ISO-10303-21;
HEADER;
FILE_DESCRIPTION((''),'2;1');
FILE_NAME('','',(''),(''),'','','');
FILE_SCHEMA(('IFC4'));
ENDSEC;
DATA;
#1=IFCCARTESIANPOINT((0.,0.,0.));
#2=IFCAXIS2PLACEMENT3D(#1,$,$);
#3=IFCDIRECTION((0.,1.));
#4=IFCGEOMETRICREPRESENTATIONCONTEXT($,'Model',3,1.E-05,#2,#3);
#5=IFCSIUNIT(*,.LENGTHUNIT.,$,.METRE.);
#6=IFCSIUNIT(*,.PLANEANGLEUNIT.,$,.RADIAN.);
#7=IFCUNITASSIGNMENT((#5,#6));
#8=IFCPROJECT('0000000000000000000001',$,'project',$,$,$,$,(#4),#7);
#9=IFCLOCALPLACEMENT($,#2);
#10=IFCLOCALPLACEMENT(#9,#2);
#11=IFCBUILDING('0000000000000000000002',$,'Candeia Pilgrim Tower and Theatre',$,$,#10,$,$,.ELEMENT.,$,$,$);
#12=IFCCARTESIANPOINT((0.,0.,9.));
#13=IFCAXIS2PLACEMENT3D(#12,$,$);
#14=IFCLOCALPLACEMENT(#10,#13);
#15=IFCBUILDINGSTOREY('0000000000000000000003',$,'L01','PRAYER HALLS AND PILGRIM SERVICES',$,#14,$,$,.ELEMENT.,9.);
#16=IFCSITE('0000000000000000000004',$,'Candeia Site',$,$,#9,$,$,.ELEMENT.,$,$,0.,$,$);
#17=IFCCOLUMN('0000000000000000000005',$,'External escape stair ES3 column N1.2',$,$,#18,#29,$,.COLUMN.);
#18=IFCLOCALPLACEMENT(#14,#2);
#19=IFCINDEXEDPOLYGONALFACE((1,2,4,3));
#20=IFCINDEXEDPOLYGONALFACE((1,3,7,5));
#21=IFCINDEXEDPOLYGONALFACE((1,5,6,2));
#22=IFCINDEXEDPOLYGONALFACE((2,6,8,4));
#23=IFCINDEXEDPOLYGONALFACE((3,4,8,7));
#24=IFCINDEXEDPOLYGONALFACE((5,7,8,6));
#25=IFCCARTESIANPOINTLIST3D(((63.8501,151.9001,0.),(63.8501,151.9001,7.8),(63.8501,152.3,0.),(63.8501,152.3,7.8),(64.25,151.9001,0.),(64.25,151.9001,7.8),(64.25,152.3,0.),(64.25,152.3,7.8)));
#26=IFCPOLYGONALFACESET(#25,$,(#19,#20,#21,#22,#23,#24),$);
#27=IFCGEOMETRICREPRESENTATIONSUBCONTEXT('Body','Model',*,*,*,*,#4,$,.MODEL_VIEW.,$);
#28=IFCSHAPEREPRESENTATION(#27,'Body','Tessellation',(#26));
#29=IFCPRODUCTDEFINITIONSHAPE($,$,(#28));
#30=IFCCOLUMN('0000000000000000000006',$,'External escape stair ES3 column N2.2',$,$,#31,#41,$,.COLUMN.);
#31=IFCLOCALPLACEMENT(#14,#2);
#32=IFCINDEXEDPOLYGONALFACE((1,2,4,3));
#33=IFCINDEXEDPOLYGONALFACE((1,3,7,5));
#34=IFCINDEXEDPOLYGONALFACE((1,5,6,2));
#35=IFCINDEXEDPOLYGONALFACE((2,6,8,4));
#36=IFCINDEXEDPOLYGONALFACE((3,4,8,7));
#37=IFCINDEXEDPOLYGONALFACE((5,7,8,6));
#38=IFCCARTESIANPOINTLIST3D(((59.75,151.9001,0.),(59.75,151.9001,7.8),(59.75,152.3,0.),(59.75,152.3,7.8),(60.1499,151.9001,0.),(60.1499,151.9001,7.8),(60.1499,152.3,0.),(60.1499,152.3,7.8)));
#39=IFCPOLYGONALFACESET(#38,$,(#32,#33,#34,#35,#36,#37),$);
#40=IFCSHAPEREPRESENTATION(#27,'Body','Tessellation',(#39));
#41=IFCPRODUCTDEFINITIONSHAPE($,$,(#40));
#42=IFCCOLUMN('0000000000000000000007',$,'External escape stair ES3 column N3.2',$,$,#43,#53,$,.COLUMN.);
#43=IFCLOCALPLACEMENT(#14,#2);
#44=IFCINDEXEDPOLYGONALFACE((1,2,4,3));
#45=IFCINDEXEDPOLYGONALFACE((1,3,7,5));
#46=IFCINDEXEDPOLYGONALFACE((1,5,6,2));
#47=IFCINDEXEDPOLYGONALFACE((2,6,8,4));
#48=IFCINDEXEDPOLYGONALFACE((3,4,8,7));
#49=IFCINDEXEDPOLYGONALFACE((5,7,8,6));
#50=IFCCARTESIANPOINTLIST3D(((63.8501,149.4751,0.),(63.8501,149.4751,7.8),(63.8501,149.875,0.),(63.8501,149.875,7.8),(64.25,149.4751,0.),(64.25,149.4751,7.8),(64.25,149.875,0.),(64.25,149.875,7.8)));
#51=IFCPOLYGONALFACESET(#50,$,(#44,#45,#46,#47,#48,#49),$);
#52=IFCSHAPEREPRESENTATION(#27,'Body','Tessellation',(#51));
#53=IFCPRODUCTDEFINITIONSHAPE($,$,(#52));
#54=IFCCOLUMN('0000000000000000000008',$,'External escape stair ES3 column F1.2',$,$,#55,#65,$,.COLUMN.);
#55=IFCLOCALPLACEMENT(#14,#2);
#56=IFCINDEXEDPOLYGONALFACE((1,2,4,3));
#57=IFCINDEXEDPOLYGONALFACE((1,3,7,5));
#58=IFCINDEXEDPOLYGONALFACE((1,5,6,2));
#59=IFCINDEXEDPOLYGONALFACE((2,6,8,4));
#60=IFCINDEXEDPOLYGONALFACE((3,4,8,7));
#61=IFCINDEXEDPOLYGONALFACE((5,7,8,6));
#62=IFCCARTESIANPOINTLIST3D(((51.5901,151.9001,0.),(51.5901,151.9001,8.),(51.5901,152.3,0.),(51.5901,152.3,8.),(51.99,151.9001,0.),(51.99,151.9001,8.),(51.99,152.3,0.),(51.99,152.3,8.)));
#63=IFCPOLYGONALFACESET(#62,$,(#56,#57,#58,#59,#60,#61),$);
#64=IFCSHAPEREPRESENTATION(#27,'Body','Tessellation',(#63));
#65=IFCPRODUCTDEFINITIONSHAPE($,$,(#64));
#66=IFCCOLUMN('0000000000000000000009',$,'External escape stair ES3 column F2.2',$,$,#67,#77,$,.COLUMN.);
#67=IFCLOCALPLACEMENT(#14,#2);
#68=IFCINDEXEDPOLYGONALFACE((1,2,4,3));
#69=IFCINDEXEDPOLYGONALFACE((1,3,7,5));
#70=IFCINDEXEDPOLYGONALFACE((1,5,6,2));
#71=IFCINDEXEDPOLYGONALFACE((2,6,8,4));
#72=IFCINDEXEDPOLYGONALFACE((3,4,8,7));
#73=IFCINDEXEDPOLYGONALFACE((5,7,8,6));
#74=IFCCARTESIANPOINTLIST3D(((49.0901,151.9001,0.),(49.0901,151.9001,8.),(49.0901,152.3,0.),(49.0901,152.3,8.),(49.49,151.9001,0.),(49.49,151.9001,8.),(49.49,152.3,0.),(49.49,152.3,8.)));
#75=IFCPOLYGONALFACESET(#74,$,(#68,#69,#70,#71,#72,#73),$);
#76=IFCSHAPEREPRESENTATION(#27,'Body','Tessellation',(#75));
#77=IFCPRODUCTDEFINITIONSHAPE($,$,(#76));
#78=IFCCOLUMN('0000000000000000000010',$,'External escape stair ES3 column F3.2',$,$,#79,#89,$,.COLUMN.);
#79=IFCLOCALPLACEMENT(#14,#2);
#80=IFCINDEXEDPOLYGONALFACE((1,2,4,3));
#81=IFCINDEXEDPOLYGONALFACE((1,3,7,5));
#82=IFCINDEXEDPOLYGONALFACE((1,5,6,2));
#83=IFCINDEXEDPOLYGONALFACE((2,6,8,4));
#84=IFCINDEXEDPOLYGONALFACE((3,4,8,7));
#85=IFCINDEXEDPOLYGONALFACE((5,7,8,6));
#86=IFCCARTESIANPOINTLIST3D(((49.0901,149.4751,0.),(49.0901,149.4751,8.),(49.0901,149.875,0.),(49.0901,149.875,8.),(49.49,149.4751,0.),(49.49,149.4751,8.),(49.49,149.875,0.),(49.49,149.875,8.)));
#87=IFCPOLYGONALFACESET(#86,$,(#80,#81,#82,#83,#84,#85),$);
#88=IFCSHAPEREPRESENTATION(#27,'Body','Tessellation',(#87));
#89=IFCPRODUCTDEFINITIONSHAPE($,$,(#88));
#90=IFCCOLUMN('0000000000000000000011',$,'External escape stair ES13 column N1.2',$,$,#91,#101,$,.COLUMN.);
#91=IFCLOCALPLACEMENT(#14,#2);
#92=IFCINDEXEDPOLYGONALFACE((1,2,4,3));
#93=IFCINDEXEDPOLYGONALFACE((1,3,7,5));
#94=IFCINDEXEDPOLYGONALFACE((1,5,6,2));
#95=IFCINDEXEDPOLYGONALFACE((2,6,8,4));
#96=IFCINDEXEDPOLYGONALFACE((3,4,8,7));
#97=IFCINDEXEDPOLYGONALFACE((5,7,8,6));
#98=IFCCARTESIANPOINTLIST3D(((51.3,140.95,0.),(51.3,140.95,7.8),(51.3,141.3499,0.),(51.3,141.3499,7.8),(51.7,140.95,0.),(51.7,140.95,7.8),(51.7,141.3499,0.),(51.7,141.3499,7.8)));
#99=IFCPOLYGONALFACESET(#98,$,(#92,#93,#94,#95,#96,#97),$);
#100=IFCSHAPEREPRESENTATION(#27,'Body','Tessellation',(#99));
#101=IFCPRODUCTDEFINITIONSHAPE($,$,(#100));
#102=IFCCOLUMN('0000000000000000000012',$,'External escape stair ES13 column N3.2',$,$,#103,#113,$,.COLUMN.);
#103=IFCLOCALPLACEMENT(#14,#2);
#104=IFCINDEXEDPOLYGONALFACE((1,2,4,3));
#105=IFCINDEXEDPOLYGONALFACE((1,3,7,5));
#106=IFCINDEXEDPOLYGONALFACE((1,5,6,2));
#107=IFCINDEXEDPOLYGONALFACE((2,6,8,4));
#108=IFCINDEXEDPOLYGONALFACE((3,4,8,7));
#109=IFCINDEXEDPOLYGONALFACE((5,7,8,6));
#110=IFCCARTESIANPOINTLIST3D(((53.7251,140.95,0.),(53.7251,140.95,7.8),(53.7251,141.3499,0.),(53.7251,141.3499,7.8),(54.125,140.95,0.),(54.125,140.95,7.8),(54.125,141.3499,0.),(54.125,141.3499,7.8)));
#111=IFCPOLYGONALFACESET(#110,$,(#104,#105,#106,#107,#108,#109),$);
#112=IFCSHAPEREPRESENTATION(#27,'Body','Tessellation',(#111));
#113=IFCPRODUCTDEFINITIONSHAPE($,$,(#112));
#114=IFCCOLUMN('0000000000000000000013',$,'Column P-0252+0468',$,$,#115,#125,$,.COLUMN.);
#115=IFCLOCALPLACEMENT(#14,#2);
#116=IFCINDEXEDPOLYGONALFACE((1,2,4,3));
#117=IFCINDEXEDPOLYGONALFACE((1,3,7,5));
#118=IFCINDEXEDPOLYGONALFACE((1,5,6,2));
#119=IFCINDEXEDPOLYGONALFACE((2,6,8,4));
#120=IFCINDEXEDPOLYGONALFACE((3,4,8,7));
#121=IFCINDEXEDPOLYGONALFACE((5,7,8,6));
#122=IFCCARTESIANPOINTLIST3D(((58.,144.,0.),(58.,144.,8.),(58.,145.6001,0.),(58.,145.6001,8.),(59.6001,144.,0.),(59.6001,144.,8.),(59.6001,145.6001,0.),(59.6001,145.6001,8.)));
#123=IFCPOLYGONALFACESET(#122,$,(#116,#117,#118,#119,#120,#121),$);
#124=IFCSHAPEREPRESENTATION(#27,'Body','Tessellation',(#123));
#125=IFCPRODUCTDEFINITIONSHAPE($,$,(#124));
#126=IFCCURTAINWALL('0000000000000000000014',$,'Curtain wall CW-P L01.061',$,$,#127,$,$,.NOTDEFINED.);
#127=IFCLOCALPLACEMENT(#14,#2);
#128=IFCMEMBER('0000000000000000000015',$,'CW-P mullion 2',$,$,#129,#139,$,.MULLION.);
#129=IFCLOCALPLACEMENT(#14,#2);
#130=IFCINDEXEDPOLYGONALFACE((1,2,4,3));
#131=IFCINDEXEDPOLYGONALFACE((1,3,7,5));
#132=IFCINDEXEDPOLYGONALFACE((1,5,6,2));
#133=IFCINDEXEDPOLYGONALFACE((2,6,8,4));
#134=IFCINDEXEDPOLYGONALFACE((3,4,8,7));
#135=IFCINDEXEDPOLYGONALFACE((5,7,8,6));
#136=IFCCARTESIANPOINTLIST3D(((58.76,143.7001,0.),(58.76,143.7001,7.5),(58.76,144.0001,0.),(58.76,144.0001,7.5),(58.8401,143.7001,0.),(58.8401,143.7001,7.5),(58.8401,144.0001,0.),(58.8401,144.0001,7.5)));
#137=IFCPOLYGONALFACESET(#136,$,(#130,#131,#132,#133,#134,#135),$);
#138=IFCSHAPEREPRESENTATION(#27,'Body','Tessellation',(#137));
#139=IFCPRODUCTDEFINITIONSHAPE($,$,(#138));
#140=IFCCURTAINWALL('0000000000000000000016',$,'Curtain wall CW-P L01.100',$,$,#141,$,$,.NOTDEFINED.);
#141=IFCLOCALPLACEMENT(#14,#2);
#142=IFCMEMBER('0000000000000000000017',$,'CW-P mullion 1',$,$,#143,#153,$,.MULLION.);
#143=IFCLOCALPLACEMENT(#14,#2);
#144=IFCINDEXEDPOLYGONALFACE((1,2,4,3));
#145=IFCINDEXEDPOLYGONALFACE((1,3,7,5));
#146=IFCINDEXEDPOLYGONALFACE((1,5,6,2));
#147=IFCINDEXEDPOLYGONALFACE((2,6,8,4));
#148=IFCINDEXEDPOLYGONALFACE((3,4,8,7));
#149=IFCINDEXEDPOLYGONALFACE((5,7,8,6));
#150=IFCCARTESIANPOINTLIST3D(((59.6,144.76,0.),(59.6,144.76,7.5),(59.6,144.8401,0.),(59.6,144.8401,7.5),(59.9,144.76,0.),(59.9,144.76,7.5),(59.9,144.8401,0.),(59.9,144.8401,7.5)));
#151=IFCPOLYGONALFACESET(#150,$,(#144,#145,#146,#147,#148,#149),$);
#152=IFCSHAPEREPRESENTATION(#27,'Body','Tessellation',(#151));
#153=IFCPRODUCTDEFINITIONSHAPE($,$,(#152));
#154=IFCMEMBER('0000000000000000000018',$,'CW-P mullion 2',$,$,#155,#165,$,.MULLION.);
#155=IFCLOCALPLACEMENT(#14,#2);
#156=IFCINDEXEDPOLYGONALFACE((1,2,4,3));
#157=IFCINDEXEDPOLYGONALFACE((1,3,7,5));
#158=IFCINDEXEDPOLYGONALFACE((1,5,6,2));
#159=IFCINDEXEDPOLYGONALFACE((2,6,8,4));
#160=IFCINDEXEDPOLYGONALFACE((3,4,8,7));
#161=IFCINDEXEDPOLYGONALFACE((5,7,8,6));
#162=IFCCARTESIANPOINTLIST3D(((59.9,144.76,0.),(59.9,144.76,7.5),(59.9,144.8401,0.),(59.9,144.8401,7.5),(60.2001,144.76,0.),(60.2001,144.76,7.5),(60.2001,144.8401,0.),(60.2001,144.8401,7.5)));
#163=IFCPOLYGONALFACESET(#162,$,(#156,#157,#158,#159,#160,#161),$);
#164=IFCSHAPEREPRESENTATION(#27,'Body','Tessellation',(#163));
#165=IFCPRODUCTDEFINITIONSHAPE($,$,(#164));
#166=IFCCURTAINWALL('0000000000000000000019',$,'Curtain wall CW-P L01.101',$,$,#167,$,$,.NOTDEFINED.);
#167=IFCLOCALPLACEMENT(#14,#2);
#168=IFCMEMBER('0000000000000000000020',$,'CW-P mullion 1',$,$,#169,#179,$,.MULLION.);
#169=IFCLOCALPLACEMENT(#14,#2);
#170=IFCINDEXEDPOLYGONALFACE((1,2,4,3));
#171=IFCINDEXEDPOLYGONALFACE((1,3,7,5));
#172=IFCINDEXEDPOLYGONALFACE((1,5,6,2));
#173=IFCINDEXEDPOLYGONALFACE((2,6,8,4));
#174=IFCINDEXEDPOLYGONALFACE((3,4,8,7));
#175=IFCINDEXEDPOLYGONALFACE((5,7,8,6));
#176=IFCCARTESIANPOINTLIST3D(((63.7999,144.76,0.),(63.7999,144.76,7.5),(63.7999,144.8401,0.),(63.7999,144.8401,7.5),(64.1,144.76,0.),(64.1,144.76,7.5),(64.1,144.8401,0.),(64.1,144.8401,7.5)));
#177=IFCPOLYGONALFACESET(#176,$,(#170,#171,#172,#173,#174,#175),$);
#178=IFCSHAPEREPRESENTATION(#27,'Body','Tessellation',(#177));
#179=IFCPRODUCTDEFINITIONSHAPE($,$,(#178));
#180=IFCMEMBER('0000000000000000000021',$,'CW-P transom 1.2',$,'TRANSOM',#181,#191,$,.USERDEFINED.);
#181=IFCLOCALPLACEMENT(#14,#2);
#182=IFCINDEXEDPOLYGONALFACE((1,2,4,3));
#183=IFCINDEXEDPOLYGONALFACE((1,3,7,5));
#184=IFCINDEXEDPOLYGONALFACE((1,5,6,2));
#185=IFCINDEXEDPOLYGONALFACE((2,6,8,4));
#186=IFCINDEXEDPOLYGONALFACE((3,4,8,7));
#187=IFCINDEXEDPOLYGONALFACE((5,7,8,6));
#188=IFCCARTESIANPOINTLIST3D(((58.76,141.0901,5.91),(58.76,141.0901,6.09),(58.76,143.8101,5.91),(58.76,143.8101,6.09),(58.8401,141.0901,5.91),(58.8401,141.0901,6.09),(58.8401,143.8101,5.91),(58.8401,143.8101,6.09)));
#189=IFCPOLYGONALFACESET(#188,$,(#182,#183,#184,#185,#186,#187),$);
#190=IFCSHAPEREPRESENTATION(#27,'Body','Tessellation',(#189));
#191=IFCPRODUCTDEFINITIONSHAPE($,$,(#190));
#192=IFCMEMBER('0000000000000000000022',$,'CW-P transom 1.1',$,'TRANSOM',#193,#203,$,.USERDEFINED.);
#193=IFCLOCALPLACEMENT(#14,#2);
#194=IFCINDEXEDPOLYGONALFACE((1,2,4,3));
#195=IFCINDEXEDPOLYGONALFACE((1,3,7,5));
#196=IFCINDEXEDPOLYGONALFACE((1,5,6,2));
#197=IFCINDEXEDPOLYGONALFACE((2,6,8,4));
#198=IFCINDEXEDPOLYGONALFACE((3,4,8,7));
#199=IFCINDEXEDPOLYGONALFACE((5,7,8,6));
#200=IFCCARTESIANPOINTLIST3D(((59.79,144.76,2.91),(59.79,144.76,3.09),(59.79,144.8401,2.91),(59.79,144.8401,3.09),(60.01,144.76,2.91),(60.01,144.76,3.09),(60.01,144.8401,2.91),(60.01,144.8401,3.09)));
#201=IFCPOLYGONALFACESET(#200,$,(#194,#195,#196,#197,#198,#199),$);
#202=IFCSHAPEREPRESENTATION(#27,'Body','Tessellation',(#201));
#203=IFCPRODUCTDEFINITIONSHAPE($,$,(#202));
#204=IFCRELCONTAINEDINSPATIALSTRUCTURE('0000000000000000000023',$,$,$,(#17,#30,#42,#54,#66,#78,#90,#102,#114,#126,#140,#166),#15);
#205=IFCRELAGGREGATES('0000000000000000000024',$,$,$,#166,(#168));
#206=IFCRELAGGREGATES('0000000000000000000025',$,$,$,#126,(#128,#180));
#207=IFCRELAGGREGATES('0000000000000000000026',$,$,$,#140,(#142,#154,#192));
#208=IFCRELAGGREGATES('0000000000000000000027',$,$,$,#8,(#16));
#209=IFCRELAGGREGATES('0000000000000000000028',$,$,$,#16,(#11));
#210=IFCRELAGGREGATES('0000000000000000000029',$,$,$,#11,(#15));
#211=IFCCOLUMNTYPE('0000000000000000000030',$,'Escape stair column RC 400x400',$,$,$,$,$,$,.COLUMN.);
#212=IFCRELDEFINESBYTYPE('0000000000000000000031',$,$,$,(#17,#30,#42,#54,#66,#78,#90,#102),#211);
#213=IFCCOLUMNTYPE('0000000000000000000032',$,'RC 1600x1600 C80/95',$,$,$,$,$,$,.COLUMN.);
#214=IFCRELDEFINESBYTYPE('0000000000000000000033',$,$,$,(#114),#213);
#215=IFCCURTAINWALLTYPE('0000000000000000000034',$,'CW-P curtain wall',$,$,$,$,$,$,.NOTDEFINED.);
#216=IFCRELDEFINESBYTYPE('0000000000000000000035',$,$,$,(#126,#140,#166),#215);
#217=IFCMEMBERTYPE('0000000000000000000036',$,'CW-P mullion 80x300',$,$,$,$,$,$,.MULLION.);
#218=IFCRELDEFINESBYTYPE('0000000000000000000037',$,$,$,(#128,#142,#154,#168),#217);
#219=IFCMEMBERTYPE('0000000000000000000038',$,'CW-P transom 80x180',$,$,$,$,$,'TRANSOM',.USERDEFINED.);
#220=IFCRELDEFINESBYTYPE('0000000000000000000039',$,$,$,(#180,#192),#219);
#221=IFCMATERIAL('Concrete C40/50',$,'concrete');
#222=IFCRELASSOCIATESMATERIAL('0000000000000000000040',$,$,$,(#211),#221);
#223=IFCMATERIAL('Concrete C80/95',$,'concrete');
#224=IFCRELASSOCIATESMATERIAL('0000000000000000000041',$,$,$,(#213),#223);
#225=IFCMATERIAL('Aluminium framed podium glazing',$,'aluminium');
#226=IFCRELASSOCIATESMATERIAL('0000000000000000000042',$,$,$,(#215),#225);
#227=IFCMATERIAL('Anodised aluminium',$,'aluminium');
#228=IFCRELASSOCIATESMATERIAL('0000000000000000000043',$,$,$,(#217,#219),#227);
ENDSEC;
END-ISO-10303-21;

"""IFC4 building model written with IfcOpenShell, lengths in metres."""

from ifc_helpers import new_model, si_unit, direction, frame, origin, origin_2d, place, context, subcontext, project, spatial, rectangle, extrude, material, material_profile, profile_set, type_object, element, aggregate, save


model = new_model("IFC4")

# Units and contexts
model_context = context("Model", 3, precision=1e-05, world=origin(), true_north=direction((0.0, 1.0)))
body_context = subcontext(model_context, "Body", "Model", "MODEL_VIEW")
ifc_project = project(units=[si_unit("LENGTHUNIT", "METRE"), si_unit("PLANEANGLEUNIT", "RADIAN")], contexts=[model_context])

# Site, building, storey
site_placement = place(None, origin())
site = spatial("IfcSite", under=ifc_project, at=site_placement, Name="Candeia Site", CompositionType="ELEMENT", RefElevation=0.0)
building_placement = place(site_placement, origin())
building = spatial("IfcBuilding", under=site, at=building_placement, Name="Candeia Pilgrim Tower and Theatre", CompositionType="ELEMENT")
storey_placement = place(building_placement, frame((0.0, 0.0, 9.0)))
storey = spatial("IfcBuildingStorey", under=building, at=storey_placement, Name="L01", Description="PRAYER HALLS AND PILGRIM SERVICES", CompositionType="ELEMENT", Elevation=9.0)

# Columns
ifc_material_1 = material(Name="Concrete C40/50", Category="concrete")
ifc_material_profile_1 = material_profile(ifc_material_1, rectangle(XDim=0.3999, YDim=0.3999, at=origin_2d()))
ifc_profile_set_1 = profile_set([ifc_material_profile_1], Name="Concrete C40/50")
column_type_1 = type_object("IfcColumnType", Name="Escape stair column RC 400x400", PredefinedType="COLUMN", material=ifc_profile_set_1)
for number, where, z_axis, x_axis, name in (
    (1, (64.05, 152.1001, 0.0), (0.0, 0.0, 1.0), (1.0, 0.0, 0.0), "External escape stair ES3 column N1.2"),
    (2, (59.95, 152.1001, 0.0), (0.0, 0.0, 1.0), (1.0, 0.0, 0.0), "External escape stair ES3 column N2.2"),
    (3, (64.05, 149.675, 0.0), (0.0, 0.0, 1.0), (1.0, 0.0, 0.0), "External escape stair ES3 column N3.2"),
):
    element("IfcColumn", number, at=place(storey_placement, frame(where, z_axis=z_axis, x_axis=x_axis)), inside=storey, type_object=column_type_1, Name=name, PredefinedType="COLUMN", context=body_context, shape_type="SweptSolid", body=[
        extrude(rectangle(XDim=0.3999, YDim=0.3999, at=origin_2d()), origin(), (0.0, 0.0, 1.0), 7.8),
    ])
for number, where, z_axis, x_axis, name in (
    (4, (51.79, 152.1001, 0.0), (0.0, 0.0, 1.0), (1.0, 0.0, 0.0), "External escape stair ES3 column F1.2"),
    (5, (49.29, 152.1001, 0.0), (0.0, 0.0, 1.0), (1.0, 0.0, 0.0), "External escape stair ES3 column F2.2"),
    (6, (49.29, 149.675, 0.0), (0.0, 0.0, 1.0), (1.0, 0.0, 0.0), "External escape stair ES3 column F3.2"),
):
    element("IfcColumn", number, at=place(storey_placement, frame(where, z_axis=z_axis, x_axis=x_axis)), inside=storey, type_object=column_type_1, Name=name, PredefinedType="COLUMN", context=body_context, shape_type="SweptSolid", body=[
        extrude(rectangle(XDim=0.3999, YDim=0.3999, at=origin_2d()), origin(), (0.0, 0.0, 1.0), 8.0),
    ])
for number, where, z_axis, x_axis, name in (
    (7, (51.5, 141.1499, 0.0), (0.0, 0.0, 1.0), (1.0, 0.0, 0.0), "External escape stair ES13 column N1.2"),
    (8, (53.925, 141.1499, 0.0), (0.0, 0.0, 1.0), (1.0, 0.0, 0.0), "External escape stair ES13 column N3.2"),
):
    element("IfcColumn", number, at=place(storey_placement, frame(where, z_axis=z_axis, x_axis=x_axis)), inside=storey, type_object=column_type_1, Name=name, PredefinedType="COLUMN", context=body_context, shape_type="SweptSolid", body=[
        extrude(rectangle(XDim=0.3999, YDim=0.3999, at=origin_2d()), origin(), (0.0, 0.0, 1.0), 7.8),
    ])
ifc_material_2 = material(Name="Concrete C80/95", Category="concrete")
ifc_material_profile_2 = material_profile(ifc_material_2, rectangle(XDim=1.6001, YDim=1.6001, at=origin_2d()))
ifc_profile_set_2 = profile_set([ifc_material_profile_2], Name="Concrete C80/95")
column_type_2 = type_object("IfcColumnType", Name="RC 1600x1600 C80/95", PredefinedType="COLUMN", material=ifc_profile_set_2)
column_placement = place(storey_placement, frame((58.8, 144.8, 0.0), z_axis=(0.0, 0.0, 1.0), x_axis=(1.0, 0.0, 0.0)))
element("IfcColumn", 9, at=column_placement, inside=storey, type_object=column_type_2, Name="Column P-0252+0468", PredefinedType="COLUMN", context=body_context, shape_type="SweptSolid", body=[
    extrude(rectangle(XDim=1.6001, YDim=1.6001, at=origin_2d()), origin(), (0.0, 0.0, 1.0), 8.0),
])

# Curtain wall, member
ifc_material_3 = material(Name="Aluminium framed podium glazing", Category="aluminium")
curtain_wall_type = type_object("IfcCurtainWallType", Name="CW-P curtain wall", PredefinedType="NOTDEFINED", material=ifc_material_3)
curtain_wall_1_placement = place(storey_placement, origin())
curtain_wall_1 = element("IfcCurtainWall", 10, at=curtain_wall_1_placement, inside=storey, type_object=curtain_wall_type, Name="Curtain wall CW-P L01.061", PredefinedType="NOTDEFINED")
ifc_material_4 = material(Name="Anodised aluminium", Category="aluminium")
ifc_material_profile_3 = material_profile(ifc_material_4, rectangle(XDim=0.0801, YDim=0.3, at=origin_2d()))
ifc_profile_set_3 = profile_set([ifc_material_profile_3], Name="Anodised aluminium")
member_type_1 = type_object("IfcMemberType", Name="CW-P mullion 80x300", PredefinedType="MULLION", material=ifc_profile_set_3)
member_1_placement = place(storey_placement, frame((58.8, 143.8501, 0.0), z_axis=(0.0, 0.0, 1.0), x_axis=(-1.0, 0.0, 0.0)))
member_1 = element("IfcMember", 11, at=member_1_placement, type_object=member_type_1, Name="CW-P mullion 2", PredefinedType="MULLION", context=body_context, shape_type="SweptSolid", body=[
    extrude(rectangle(XDim=0.0801, YDim=0.3, at=origin_2d()), origin(), (0.0, 0.0, 1.0), 7.5),
])

# Curtain wall, members
curtain_wall_2_placement = place(storey_placement, origin())
curtain_wall_2 = element("IfcCurtainWall", 12, at=curtain_wall_2_placement, inside=storey, type_object=curtain_wall_type, Name="Curtain wall CW-P L01.100", PredefinedType="NOTDEFINED")
member_2_placement = place(storey_placement, frame((59.75, 144.8, 0.0), z_axis=(0.0, 0.0, 1.0), x_axis=(0.0, 1.0, 0.0)))
member_2 = element("IfcMember", 13, at=member_2_placement, type_object=member_type_1, Name="CW-P mullion 1", PredefinedType="MULLION", context=body_context, shape_type="SweptSolid", body=[
    extrude(rectangle(XDim=0.0801, YDim=0.3, at=origin_2d()), origin(), (0.0, 0.0, 1.0), 7.5),
])
member_3_placement = place(storey_placement, frame((60.05, 144.8, 0.0), z_axis=(0.0, 0.0, 1.0), x_axis=(0.0, 1.0, 0.0)))
member_3 = element("IfcMember", 14, at=member_3_placement, type_object=member_type_1, Name="CW-P mullion 2", PredefinedType="MULLION", context=body_context, shape_type="SweptSolid", body=[
    extrude(rectangle(XDim=0.0801, YDim=0.3, at=origin_2d()), origin(), (0.0, 0.0, 1.0), 7.5),
])

# Curtain wall, member
curtain_wall_3_placement = place(storey_placement, origin())
curtain_wall_3 = element("IfcCurtainWall", 15, at=curtain_wall_3_placement, inside=storey, type_object=curtain_wall_type, Name="Curtain wall CW-P L01.101", PredefinedType="NOTDEFINED")
member_4_placement = place(storey_placement, frame((63.95, 144.8, 0.0), z_axis=(0.0, 0.0, 1.0), x_axis=(0.0, 1.0, 0.0)))
member_4 = element("IfcMember", 16, at=member_4_placement, type_object=member_type_1, Name="CW-P mullion 1", PredefinedType="MULLION", context=body_context, shape_type="SweptSolid", body=[
    extrude(rectangle(XDim=0.0801, YDim=0.3, at=origin_2d()), origin(), (0.0, 0.0, 1.0), 7.5),
])

# Members
ifc_material_profile_4 = material_profile(ifc_material_4, rectangle(XDim=0.0801, YDim=0.1799, at=origin_2d()))
ifc_profile_set_4 = profile_set([ifc_material_profile_4], Name="Anodised aluminium")
member_type_2 = type_object("IfcMemberType", Name="CW-P transom 80x180", ElementType="TRANSOM", PredefinedType="USERDEFINED", material=ifc_profile_set_4)
member_5_placement = place(storey_placement, frame((58.8, 141.0901, 6.0), z_axis=(0.0, 1.0, 0.0), x_axis=(-1.0, 0.0, 0.0)))
member_5 = element("IfcMember", 17, at=member_5_placement, type_object=member_type_2, Name="CW-P transom 1.2", ObjectType="TRANSOM", PredefinedType="USERDEFINED", context=body_context, shape_type="SweptSolid", body=[
    extrude(rectangle(XDim=0.0801, YDim=0.1799, at=origin_2d()), origin(), (0.0, 0.0, 1.0), 2.72),
])
member_6_placement = place(storey_placement, frame((59.79, 144.8, 3.0), z_axis=(1.0, 0.0, 0.0), x_axis=(0.0, 1.0, 0.0)))
member_6 = element("IfcMember", 18, at=member_6_placement, type_object=member_type_2, Name="CW-P transom 1.1", ObjectType="TRANSOM", PredefinedType="USERDEFINED", context=body_context, shape_type="SweptSolid", body=[
    extrude(rectangle(XDim=0.0801, YDim=0.1799, at=origin_2d()), origin(), (0.0, 0.0, 1.0), 0.22),
])
aggregate(curtain_wall_3, [member_4])

aggregate(curtain_wall_1, [member_1, member_5])
aggregate(curtain_wall_2, [member_2, member_3, member_6])

save(model, "model.ifc")
